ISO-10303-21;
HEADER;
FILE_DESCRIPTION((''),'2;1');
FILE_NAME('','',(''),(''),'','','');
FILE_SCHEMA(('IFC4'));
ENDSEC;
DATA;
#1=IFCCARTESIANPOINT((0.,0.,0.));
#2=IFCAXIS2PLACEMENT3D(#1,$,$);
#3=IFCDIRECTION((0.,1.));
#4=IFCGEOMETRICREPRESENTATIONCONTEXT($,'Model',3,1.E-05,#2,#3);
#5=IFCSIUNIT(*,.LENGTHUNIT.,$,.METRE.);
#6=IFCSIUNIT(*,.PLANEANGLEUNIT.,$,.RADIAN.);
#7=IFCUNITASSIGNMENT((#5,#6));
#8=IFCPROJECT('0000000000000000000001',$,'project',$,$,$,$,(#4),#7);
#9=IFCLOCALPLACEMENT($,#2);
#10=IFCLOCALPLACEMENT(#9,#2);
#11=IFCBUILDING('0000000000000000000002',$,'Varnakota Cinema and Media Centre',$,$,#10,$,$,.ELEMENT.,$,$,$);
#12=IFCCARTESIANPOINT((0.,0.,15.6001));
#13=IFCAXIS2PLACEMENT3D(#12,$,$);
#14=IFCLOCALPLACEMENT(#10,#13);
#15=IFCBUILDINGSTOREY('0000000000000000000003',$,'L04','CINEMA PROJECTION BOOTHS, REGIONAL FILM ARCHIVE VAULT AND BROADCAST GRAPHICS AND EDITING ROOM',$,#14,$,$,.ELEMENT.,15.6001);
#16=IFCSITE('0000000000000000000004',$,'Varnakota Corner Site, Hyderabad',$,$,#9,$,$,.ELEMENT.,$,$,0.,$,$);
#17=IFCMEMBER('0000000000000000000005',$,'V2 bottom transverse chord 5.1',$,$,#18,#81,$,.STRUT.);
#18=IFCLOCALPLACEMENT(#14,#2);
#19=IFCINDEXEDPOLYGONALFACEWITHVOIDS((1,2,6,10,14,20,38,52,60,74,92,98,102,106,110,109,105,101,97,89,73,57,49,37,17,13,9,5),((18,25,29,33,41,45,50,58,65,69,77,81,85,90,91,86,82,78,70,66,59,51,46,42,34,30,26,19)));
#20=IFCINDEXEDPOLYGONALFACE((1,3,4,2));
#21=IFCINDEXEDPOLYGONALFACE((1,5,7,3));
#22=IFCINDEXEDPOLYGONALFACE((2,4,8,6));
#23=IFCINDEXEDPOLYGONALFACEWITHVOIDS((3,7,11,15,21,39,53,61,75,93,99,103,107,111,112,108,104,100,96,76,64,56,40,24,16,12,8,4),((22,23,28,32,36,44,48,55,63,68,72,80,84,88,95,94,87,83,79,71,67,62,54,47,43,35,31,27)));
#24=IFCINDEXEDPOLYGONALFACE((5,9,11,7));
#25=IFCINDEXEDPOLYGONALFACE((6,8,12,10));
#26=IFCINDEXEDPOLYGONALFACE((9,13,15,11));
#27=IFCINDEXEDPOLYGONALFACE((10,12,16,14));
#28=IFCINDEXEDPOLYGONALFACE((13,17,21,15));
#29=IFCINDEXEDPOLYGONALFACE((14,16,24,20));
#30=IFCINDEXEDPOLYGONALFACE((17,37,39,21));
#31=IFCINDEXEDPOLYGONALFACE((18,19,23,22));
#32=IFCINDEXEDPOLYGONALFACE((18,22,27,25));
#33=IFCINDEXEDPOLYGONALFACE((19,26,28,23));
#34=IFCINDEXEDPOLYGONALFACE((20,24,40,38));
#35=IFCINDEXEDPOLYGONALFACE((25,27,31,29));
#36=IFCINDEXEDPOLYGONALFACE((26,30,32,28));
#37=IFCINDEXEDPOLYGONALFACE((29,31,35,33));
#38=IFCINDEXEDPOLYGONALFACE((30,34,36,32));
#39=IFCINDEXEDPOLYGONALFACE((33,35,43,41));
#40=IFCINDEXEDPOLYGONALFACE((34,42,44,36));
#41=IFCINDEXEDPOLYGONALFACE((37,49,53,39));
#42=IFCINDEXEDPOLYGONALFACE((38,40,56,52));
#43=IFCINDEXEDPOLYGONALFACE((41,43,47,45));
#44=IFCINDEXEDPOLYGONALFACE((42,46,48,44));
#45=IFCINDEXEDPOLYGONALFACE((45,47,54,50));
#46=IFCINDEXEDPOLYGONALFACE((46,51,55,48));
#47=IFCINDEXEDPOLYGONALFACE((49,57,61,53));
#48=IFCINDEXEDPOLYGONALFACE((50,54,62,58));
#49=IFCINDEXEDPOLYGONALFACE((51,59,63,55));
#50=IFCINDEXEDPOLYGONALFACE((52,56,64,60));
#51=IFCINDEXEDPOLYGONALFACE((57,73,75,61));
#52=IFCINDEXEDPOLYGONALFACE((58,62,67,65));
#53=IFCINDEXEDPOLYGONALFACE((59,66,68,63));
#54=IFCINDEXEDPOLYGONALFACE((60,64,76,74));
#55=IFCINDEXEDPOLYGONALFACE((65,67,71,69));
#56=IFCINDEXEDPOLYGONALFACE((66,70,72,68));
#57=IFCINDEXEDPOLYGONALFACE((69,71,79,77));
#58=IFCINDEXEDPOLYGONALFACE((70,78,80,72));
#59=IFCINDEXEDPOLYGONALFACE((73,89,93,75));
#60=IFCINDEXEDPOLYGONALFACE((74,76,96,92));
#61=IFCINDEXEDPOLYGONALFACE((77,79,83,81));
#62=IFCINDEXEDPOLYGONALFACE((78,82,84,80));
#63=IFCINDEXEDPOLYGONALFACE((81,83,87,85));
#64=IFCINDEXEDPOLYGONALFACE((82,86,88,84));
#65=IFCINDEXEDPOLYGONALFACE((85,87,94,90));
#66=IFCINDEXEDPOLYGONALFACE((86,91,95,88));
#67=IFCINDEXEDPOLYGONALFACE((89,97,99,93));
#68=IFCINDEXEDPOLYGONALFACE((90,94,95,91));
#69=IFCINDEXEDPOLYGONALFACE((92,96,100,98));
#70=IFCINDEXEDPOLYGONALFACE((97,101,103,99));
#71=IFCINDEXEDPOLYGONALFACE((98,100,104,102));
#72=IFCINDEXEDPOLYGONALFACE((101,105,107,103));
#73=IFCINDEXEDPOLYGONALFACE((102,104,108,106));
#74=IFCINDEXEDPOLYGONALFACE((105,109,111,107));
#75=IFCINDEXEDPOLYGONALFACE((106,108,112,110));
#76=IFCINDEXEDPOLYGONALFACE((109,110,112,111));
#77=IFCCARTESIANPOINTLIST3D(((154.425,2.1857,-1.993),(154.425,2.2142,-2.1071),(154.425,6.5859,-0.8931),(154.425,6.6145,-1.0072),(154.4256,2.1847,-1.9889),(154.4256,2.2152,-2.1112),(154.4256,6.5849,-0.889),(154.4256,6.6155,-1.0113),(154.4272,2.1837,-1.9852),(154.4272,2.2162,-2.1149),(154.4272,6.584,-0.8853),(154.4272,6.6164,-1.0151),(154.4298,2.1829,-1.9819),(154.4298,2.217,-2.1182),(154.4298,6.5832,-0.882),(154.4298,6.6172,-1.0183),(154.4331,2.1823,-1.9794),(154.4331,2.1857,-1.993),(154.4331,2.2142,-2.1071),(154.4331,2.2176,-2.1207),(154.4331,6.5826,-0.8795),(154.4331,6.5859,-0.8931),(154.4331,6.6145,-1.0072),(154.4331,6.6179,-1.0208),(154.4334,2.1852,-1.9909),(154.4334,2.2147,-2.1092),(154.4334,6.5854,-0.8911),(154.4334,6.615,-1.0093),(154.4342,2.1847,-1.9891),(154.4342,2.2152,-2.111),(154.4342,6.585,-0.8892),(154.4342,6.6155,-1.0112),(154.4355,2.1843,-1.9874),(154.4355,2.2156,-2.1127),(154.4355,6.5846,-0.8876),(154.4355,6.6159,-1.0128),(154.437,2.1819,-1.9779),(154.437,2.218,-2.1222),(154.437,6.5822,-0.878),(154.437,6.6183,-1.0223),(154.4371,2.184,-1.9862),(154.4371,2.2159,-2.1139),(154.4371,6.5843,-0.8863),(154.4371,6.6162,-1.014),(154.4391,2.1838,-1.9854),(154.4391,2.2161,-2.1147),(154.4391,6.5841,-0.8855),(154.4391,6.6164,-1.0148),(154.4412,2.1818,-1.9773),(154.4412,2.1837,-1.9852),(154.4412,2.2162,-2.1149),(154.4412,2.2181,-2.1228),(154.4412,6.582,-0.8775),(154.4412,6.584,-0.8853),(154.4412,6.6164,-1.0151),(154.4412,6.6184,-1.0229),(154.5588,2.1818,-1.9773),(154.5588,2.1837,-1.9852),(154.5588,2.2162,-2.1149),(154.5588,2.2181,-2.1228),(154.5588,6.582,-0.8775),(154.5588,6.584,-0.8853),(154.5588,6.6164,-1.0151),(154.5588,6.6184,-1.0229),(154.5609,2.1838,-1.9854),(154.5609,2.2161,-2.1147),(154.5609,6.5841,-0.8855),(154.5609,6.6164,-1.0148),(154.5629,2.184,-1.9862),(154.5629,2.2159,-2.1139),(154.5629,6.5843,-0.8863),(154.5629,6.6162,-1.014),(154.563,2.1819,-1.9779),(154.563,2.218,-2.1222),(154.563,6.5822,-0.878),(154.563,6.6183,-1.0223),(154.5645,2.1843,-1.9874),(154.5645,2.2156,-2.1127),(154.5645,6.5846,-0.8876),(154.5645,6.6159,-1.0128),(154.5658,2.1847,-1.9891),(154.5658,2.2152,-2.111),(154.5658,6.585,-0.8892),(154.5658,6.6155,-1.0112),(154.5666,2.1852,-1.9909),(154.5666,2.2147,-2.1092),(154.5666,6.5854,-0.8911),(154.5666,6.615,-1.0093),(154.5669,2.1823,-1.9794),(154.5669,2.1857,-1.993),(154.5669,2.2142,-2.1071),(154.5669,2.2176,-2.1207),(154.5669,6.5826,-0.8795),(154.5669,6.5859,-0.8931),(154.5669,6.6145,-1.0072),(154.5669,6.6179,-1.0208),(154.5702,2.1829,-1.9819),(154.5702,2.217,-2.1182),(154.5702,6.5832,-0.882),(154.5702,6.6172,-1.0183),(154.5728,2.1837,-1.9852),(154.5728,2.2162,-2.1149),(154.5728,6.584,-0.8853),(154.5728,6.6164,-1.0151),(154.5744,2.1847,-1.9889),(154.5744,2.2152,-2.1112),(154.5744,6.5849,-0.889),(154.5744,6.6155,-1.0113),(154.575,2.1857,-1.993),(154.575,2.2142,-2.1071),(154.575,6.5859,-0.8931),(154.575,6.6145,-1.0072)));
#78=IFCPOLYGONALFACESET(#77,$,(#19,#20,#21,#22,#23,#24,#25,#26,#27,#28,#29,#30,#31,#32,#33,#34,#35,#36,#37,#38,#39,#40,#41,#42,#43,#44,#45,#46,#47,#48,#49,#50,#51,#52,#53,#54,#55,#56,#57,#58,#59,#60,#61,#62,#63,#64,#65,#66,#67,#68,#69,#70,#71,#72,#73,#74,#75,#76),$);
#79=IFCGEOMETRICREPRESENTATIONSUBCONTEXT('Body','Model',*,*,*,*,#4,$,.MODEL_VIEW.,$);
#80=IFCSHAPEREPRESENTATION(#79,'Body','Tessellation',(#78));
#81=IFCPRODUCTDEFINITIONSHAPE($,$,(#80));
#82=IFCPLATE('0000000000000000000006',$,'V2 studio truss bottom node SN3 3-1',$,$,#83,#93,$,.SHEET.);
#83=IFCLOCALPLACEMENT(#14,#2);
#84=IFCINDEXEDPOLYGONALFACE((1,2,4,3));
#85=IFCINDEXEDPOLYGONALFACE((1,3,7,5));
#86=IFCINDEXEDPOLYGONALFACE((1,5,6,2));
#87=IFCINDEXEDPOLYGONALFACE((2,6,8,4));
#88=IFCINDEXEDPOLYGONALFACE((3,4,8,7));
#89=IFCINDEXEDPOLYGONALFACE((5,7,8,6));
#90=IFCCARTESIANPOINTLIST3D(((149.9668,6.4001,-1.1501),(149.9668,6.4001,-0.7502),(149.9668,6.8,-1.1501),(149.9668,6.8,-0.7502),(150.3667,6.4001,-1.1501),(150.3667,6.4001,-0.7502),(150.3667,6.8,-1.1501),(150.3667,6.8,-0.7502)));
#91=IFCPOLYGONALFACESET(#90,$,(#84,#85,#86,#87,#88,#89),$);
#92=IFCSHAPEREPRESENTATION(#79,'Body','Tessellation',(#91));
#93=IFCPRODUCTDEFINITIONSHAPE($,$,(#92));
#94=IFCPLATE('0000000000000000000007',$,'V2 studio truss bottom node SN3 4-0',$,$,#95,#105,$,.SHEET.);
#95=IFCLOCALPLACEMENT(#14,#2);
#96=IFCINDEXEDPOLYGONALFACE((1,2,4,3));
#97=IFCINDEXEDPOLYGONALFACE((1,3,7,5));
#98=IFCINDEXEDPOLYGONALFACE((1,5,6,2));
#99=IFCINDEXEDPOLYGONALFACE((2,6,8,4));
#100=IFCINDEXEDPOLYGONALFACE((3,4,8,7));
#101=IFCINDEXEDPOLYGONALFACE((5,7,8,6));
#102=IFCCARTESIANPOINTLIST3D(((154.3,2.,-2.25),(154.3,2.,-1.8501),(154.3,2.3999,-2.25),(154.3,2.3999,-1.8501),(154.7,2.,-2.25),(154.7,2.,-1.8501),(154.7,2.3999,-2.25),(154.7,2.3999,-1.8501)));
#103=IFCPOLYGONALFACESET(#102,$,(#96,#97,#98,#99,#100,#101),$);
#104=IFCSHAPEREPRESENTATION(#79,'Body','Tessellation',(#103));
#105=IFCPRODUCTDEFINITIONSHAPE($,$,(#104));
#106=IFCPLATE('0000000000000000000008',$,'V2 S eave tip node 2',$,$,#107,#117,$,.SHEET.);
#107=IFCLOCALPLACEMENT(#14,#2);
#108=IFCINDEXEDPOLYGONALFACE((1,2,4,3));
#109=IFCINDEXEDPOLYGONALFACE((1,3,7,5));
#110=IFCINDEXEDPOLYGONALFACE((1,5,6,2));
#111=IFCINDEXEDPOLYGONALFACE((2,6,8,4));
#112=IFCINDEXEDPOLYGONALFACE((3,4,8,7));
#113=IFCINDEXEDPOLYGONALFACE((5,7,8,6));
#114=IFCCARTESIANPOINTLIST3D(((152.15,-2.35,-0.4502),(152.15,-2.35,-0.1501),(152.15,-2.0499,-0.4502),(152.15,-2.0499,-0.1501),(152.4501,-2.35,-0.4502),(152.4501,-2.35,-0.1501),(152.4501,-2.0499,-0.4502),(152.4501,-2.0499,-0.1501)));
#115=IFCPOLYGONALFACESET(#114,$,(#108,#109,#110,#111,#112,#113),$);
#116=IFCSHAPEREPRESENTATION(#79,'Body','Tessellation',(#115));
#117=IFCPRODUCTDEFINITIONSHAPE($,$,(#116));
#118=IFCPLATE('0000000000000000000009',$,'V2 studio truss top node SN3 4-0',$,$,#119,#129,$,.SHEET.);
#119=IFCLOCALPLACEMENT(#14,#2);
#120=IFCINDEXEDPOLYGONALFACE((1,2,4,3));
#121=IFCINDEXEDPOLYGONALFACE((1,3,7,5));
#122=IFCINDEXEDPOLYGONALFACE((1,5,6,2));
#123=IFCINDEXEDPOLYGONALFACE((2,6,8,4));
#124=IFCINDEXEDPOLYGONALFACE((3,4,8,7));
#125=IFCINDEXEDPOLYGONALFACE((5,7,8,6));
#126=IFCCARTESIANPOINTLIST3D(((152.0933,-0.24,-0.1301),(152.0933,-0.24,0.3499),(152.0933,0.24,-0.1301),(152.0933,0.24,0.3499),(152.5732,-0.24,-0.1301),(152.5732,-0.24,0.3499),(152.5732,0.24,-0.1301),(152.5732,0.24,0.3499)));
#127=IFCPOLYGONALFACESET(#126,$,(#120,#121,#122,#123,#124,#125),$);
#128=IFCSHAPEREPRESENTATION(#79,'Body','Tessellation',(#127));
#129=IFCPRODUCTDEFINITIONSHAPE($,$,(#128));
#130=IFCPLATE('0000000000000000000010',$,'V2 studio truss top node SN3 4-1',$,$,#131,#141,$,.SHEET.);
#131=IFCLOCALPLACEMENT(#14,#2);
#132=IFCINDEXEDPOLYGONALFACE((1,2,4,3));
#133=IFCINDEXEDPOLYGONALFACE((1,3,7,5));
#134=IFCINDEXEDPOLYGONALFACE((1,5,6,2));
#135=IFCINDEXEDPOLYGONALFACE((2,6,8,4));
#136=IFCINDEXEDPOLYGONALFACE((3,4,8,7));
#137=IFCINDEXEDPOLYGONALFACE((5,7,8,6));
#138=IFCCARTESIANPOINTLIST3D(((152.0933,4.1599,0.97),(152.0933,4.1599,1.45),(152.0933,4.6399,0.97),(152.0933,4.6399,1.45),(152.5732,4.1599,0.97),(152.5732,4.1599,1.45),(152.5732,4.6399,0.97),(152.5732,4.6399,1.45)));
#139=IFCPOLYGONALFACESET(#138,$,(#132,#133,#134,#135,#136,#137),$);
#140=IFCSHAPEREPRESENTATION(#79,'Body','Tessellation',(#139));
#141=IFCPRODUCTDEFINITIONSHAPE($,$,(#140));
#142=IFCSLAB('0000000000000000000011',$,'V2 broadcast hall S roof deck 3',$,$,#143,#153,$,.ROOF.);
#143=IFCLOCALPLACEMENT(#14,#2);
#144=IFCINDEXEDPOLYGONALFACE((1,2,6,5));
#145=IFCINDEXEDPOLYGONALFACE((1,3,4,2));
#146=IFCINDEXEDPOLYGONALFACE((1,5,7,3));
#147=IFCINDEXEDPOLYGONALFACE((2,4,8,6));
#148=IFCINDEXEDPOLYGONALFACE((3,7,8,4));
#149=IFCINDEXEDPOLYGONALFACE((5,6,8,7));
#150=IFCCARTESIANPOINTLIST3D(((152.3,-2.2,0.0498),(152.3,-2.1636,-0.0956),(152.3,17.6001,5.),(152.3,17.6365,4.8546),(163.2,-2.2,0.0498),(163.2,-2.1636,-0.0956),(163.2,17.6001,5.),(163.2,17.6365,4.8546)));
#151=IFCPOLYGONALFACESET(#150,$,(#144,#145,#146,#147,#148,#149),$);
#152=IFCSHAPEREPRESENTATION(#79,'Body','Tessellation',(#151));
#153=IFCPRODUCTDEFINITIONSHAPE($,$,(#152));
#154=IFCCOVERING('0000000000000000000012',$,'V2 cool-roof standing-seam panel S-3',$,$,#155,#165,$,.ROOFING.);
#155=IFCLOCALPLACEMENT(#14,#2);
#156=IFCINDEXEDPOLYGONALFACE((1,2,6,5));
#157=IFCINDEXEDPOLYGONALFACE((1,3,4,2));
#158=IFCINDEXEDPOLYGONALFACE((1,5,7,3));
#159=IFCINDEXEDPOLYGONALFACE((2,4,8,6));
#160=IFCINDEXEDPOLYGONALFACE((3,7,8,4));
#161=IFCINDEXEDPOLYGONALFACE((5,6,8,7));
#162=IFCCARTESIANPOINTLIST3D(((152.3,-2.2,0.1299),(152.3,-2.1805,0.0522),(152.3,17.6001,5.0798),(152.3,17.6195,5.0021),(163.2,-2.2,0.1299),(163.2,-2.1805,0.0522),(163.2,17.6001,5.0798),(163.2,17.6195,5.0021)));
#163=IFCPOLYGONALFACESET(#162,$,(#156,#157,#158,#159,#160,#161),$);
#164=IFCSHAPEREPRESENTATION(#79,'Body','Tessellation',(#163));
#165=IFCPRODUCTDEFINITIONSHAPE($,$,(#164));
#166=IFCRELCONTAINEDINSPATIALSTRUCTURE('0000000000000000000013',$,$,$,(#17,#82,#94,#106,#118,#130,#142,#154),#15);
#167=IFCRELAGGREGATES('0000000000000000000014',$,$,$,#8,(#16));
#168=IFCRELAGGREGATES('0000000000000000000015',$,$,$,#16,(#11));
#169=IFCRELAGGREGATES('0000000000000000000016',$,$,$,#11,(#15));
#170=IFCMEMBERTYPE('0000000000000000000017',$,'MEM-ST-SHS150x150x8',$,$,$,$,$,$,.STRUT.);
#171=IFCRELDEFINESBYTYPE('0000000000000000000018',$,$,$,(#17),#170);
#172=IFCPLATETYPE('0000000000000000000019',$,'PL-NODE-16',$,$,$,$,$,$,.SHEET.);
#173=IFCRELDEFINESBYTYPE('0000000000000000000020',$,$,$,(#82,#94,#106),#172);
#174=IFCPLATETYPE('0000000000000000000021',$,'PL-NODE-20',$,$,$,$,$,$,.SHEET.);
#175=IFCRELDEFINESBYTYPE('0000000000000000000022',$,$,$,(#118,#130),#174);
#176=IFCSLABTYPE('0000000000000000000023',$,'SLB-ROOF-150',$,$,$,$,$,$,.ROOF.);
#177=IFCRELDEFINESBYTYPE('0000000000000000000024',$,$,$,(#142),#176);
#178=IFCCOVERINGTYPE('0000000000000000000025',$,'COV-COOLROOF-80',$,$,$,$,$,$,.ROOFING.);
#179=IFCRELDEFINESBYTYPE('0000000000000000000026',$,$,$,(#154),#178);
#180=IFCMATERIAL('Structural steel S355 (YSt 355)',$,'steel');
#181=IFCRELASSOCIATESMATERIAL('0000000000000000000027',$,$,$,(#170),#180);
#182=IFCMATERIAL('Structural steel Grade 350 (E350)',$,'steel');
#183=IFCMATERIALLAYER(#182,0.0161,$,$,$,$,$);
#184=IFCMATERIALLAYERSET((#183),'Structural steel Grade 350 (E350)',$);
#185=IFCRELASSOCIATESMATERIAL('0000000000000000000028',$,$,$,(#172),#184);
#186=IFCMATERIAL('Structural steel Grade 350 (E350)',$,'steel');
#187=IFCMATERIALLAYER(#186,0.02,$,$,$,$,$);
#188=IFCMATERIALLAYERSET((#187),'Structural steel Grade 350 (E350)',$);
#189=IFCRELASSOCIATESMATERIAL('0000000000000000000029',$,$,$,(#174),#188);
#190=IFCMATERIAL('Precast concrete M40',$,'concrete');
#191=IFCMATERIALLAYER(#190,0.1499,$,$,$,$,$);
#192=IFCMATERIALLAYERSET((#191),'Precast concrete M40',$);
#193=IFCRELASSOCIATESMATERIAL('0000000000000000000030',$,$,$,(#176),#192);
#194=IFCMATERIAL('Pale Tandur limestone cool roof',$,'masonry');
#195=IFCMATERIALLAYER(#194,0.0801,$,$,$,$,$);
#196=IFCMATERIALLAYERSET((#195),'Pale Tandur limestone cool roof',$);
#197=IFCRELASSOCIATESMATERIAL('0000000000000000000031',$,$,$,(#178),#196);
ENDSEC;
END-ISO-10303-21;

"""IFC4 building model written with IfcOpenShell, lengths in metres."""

from ifc_helpers import new_model, si_unit, direction, frame, origin, origin_2d, place, context, subcontext, project, spatial, polyline, rectangle, hollow_rectangle, outline, extrude, material, layer, layer_set, material_profile, profile_set, type_object, element, save


model = new_model("IFC4")

# Units and contexts
model_context = context("Model", 3, precision=1e-05, world=origin(), true_north=direction((0.0, 1.0)))
body_context = subcontext(model_context, "Body", "Model", "MODEL_VIEW")
ifc_project = project(units=[si_unit("LENGTHUNIT", "METRE"), si_unit("PLANEANGLEUNIT", "RADIAN")], contexts=[model_context])

# Site, building, storey
site_placement = place(None, origin())
site = spatial("IfcSite", under=ifc_project, at=site_placement, Name="Varnakota Corner Site, Hyderabad", CompositionType="ELEMENT", RefElevation=0.0)
building_placement = place(site_placement, origin())
building = spatial("IfcBuilding", under=site, at=building_placement, Name="Varnakota Cinema and Media Centre", CompositionType="ELEMENT")
storey_placement = place(building_placement, frame((0.0, 0.0, 15.6001)))
storey = spatial("IfcBuildingStorey", under=building, at=storey_placement, Name="L04", Description="CINEMA PROJECTION BOOTHS, REGIONAL FILM ARCHIVE VAULT AND BROADCAST GRAPHICS AND EDITING ROOM", CompositionType="ELEMENT", Elevation=15.6001)

# Member
ifc_material_1 = material(Name="Structural steel S355 (YSt 355)", Category="steel")
ifc_material_profile_1 = material_profile(ifc_material_1, hollow_rectangle(XDim=0.1499, YDim=0.1499, WallThickness=0.0081, InnerFilletRadius=0.0081, OuterFilletRadius=0.0161, at=origin_2d()), Name="SHS 150x150x8")
ifc_profile_set_1 = profile_set([ifc_material_profile_1], Name="Structural steel S355 (YSt 355)")
member_type_1 = type_object("IfcMemberType", Name="MEM-ST-SHS150x150x8", PredefinedType="STRUT", material=ifc_profile_set_1)
member_1_placement = place(storey_placement, frame((154.5, 2.2, -2.05), z_axis=(0.0, 0.970152, 0.242498), x_axis=(-1.0, 0.0, 0.0)))
element("IfcMember", 1, at=member_1_placement, inside=storey, type_object=member_type_1, Name="V2 bottom transverse chord 5.1", PredefinedType="STRUT", context=body_context, shape_type="SweptSolid", body=[
    extrude(hollow_rectangle(XDim=0.1499, YDim=0.1499, WallThickness=0.0081, InnerFilletRadius=0.0081, OuterFilletRadius=0.0161, at=origin_2d()), origin(), (0.0, 0.0, 1.0), 4.5356),
])

# Plates
ifc_material_2 = material(Name="Structural steel Grade 350 (E350)", Category="steel")
ifc_layer_1 = layer(ifc_material_2, 0.0161)
ifc_layer_set_1 = layer_set([ifc_layer_1], Name="Structural steel Grade 350 (E350)")
plate_type_1 = type_object("IfcPlateType", Name="PL-NODE-16", PredefinedType="SHEET", material=ifc_layer_set_1)
for number, where, z_axis, x_axis, name in (
    (2, (150.1667, 6.6001, -1.1501), (0.0, 0.0, 1.0), (1.0, 0.0, 0.0), "V2 studio truss bottom node SN3 3-1"),
    (3, (154.5, 2.2, -2.25), (0.0, 0.0, 1.0), (1.0, 0.0, 0.0), "V2 studio truss bottom node SN3 4-0"),
):
    element("IfcPlate", number, at=place(storey_placement, frame(where, z_axis=z_axis, x_axis=x_axis)), inside=storey, type_object=plate_type_1, Name=name, PredefinedType="SHEET", context=body_context, shape_type="SweptSolid", body=[
        extrude(rectangle(XDim=0.3999, YDim=0.3999, at=origin_2d()), origin(), (0.0, 0.0, 1.0), 0.3999),
    ])
plate_placement = place(storey_placement, frame((152.3, -2.2, -0.4502), z_axis=(0.0, 0.0, 1.0), x_axis=(1.0, 0.0, 0.0)))
element("IfcPlate", 4, at=plate_placement, inside=storey, type_object=plate_type_1, Name="V2 S eave tip node 2", PredefinedType="SHEET", context=body_context, shape_type="SweptSolid", body=[
    extrude(rectangle(XDim=0.3, YDim=0.3, at=origin_2d()), origin(), (0.0, 0.0, 1.0), 0.3),
])
ifc_material_3 = material(Name="Structural steel Grade 350 (E350)", Category="steel")
ifc_layer_2 = layer(ifc_material_3, 0.02)
ifc_layer_set_2 = layer_set([ifc_layer_2], Name="Structural steel Grade 350 (E350)")
plate_type_2 = type_object("IfcPlateType", Name="PL-NODE-20", PredefinedType="SHEET", material=ifc_layer_set_2)
for number, where, z_axis, x_axis, name in (
    (5, (152.3333, 0.0, -0.1301), (0.0, 0.0, 1.0), (1.0, 0.0, 0.0), "V2 studio truss top node SN3 4-0"),
    (6, (152.3333, 4.3999, 0.97), (0.0, 0.0, 1.0), (1.0, 0.0, 0.0), "V2 studio truss top node SN3 4-1"),
):
    element("IfcPlate", number, at=place(storey_placement, frame(where, z_axis=z_axis, x_axis=x_axis)), inside=storey, type_object=plate_type_2, Name=name, PredefinedType="SHEET", context=body_context, shape_type="SweptSolid", body=[
        extrude(rectangle(XDim=0.48, YDim=0.48, at=origin_2d()), origin(), (0.0, 0.0, 1.0), 0.48),
    ])

# Slab
ifc_material_4 = material(Name="Precast concrete M40", Category="concrete")
ifc_layer_3 = layer(ifc_material_4, 0.1499)
ifc_layer_set_3 = layer_set([ifc_layer_3], Name="Precast concrete M40")
slab_type = type_object("IfcSlabType", Name="SLB-ROOF-150", PredefinedType="ROOF", material=ifc_layer_set_3)
slab_placement = place(storey_placement, frame((152.3, -2.2, 0.0498), z_axis=(0.0, -0.242544, 0.97014), x_axis=(1.0, 0.0, 0.0)))
element("IfcSlab", 7, at=slab_placement, inside=storey, type_object=slab_type, Name="V2 broadcast hall S roof deck 3", PredefinedType="ROOF", context=body_context, shape_type="SweptSolid", body=[
    extrude(outline(polyline([(0.0, 0.0), (10.8999, 0.0), (10.8999, 20.4095), (0.0, 20.4095), (0.0, 0.0)])), origin(), (0.0, 0.0, -1.0), 0.1499),
])

# Covering
ifc_material_5 = material(Name="Pale Tandur limestone cool roof", Category="masonry")
ifc_layer_4 = layer(ifc_material_5, 0.0801)
ifc_layer_set_4 = layer_set([ifc_layer_4], Name="Pale Tandur limestone cool roof")
covering_type = type_object("IfcCoveringType", Name="COV-COOLROOF-80", PredefinedType="ROOFING", material=ifc_layer_set_4)
covering_placement = place(storey_placement, frame((152.3, -2.2, 0.1299), z_axis=(0.0, -0.242533, 0.970143), x_axis=(1.0, 0.0, 0.0)))
element("IfcCovering", 8, at=covering_placement, inside=storey, type_object=covering_type, Name="V2 cool-roof standing-seam panel S-3", PredefinedType="ROOFING", context=body_context, shape_type="SweptSolid", body=[
    extrude(outline(polyline([(0.0, 0.0), (10.8999, 0.0), (10.8999, 20.4094), (0.0, 20.4094), (0.0, 0.0)])), origin(), (0.0, 0.0, -1.0), 0.0801),
])

save(model, "model.ifc")
